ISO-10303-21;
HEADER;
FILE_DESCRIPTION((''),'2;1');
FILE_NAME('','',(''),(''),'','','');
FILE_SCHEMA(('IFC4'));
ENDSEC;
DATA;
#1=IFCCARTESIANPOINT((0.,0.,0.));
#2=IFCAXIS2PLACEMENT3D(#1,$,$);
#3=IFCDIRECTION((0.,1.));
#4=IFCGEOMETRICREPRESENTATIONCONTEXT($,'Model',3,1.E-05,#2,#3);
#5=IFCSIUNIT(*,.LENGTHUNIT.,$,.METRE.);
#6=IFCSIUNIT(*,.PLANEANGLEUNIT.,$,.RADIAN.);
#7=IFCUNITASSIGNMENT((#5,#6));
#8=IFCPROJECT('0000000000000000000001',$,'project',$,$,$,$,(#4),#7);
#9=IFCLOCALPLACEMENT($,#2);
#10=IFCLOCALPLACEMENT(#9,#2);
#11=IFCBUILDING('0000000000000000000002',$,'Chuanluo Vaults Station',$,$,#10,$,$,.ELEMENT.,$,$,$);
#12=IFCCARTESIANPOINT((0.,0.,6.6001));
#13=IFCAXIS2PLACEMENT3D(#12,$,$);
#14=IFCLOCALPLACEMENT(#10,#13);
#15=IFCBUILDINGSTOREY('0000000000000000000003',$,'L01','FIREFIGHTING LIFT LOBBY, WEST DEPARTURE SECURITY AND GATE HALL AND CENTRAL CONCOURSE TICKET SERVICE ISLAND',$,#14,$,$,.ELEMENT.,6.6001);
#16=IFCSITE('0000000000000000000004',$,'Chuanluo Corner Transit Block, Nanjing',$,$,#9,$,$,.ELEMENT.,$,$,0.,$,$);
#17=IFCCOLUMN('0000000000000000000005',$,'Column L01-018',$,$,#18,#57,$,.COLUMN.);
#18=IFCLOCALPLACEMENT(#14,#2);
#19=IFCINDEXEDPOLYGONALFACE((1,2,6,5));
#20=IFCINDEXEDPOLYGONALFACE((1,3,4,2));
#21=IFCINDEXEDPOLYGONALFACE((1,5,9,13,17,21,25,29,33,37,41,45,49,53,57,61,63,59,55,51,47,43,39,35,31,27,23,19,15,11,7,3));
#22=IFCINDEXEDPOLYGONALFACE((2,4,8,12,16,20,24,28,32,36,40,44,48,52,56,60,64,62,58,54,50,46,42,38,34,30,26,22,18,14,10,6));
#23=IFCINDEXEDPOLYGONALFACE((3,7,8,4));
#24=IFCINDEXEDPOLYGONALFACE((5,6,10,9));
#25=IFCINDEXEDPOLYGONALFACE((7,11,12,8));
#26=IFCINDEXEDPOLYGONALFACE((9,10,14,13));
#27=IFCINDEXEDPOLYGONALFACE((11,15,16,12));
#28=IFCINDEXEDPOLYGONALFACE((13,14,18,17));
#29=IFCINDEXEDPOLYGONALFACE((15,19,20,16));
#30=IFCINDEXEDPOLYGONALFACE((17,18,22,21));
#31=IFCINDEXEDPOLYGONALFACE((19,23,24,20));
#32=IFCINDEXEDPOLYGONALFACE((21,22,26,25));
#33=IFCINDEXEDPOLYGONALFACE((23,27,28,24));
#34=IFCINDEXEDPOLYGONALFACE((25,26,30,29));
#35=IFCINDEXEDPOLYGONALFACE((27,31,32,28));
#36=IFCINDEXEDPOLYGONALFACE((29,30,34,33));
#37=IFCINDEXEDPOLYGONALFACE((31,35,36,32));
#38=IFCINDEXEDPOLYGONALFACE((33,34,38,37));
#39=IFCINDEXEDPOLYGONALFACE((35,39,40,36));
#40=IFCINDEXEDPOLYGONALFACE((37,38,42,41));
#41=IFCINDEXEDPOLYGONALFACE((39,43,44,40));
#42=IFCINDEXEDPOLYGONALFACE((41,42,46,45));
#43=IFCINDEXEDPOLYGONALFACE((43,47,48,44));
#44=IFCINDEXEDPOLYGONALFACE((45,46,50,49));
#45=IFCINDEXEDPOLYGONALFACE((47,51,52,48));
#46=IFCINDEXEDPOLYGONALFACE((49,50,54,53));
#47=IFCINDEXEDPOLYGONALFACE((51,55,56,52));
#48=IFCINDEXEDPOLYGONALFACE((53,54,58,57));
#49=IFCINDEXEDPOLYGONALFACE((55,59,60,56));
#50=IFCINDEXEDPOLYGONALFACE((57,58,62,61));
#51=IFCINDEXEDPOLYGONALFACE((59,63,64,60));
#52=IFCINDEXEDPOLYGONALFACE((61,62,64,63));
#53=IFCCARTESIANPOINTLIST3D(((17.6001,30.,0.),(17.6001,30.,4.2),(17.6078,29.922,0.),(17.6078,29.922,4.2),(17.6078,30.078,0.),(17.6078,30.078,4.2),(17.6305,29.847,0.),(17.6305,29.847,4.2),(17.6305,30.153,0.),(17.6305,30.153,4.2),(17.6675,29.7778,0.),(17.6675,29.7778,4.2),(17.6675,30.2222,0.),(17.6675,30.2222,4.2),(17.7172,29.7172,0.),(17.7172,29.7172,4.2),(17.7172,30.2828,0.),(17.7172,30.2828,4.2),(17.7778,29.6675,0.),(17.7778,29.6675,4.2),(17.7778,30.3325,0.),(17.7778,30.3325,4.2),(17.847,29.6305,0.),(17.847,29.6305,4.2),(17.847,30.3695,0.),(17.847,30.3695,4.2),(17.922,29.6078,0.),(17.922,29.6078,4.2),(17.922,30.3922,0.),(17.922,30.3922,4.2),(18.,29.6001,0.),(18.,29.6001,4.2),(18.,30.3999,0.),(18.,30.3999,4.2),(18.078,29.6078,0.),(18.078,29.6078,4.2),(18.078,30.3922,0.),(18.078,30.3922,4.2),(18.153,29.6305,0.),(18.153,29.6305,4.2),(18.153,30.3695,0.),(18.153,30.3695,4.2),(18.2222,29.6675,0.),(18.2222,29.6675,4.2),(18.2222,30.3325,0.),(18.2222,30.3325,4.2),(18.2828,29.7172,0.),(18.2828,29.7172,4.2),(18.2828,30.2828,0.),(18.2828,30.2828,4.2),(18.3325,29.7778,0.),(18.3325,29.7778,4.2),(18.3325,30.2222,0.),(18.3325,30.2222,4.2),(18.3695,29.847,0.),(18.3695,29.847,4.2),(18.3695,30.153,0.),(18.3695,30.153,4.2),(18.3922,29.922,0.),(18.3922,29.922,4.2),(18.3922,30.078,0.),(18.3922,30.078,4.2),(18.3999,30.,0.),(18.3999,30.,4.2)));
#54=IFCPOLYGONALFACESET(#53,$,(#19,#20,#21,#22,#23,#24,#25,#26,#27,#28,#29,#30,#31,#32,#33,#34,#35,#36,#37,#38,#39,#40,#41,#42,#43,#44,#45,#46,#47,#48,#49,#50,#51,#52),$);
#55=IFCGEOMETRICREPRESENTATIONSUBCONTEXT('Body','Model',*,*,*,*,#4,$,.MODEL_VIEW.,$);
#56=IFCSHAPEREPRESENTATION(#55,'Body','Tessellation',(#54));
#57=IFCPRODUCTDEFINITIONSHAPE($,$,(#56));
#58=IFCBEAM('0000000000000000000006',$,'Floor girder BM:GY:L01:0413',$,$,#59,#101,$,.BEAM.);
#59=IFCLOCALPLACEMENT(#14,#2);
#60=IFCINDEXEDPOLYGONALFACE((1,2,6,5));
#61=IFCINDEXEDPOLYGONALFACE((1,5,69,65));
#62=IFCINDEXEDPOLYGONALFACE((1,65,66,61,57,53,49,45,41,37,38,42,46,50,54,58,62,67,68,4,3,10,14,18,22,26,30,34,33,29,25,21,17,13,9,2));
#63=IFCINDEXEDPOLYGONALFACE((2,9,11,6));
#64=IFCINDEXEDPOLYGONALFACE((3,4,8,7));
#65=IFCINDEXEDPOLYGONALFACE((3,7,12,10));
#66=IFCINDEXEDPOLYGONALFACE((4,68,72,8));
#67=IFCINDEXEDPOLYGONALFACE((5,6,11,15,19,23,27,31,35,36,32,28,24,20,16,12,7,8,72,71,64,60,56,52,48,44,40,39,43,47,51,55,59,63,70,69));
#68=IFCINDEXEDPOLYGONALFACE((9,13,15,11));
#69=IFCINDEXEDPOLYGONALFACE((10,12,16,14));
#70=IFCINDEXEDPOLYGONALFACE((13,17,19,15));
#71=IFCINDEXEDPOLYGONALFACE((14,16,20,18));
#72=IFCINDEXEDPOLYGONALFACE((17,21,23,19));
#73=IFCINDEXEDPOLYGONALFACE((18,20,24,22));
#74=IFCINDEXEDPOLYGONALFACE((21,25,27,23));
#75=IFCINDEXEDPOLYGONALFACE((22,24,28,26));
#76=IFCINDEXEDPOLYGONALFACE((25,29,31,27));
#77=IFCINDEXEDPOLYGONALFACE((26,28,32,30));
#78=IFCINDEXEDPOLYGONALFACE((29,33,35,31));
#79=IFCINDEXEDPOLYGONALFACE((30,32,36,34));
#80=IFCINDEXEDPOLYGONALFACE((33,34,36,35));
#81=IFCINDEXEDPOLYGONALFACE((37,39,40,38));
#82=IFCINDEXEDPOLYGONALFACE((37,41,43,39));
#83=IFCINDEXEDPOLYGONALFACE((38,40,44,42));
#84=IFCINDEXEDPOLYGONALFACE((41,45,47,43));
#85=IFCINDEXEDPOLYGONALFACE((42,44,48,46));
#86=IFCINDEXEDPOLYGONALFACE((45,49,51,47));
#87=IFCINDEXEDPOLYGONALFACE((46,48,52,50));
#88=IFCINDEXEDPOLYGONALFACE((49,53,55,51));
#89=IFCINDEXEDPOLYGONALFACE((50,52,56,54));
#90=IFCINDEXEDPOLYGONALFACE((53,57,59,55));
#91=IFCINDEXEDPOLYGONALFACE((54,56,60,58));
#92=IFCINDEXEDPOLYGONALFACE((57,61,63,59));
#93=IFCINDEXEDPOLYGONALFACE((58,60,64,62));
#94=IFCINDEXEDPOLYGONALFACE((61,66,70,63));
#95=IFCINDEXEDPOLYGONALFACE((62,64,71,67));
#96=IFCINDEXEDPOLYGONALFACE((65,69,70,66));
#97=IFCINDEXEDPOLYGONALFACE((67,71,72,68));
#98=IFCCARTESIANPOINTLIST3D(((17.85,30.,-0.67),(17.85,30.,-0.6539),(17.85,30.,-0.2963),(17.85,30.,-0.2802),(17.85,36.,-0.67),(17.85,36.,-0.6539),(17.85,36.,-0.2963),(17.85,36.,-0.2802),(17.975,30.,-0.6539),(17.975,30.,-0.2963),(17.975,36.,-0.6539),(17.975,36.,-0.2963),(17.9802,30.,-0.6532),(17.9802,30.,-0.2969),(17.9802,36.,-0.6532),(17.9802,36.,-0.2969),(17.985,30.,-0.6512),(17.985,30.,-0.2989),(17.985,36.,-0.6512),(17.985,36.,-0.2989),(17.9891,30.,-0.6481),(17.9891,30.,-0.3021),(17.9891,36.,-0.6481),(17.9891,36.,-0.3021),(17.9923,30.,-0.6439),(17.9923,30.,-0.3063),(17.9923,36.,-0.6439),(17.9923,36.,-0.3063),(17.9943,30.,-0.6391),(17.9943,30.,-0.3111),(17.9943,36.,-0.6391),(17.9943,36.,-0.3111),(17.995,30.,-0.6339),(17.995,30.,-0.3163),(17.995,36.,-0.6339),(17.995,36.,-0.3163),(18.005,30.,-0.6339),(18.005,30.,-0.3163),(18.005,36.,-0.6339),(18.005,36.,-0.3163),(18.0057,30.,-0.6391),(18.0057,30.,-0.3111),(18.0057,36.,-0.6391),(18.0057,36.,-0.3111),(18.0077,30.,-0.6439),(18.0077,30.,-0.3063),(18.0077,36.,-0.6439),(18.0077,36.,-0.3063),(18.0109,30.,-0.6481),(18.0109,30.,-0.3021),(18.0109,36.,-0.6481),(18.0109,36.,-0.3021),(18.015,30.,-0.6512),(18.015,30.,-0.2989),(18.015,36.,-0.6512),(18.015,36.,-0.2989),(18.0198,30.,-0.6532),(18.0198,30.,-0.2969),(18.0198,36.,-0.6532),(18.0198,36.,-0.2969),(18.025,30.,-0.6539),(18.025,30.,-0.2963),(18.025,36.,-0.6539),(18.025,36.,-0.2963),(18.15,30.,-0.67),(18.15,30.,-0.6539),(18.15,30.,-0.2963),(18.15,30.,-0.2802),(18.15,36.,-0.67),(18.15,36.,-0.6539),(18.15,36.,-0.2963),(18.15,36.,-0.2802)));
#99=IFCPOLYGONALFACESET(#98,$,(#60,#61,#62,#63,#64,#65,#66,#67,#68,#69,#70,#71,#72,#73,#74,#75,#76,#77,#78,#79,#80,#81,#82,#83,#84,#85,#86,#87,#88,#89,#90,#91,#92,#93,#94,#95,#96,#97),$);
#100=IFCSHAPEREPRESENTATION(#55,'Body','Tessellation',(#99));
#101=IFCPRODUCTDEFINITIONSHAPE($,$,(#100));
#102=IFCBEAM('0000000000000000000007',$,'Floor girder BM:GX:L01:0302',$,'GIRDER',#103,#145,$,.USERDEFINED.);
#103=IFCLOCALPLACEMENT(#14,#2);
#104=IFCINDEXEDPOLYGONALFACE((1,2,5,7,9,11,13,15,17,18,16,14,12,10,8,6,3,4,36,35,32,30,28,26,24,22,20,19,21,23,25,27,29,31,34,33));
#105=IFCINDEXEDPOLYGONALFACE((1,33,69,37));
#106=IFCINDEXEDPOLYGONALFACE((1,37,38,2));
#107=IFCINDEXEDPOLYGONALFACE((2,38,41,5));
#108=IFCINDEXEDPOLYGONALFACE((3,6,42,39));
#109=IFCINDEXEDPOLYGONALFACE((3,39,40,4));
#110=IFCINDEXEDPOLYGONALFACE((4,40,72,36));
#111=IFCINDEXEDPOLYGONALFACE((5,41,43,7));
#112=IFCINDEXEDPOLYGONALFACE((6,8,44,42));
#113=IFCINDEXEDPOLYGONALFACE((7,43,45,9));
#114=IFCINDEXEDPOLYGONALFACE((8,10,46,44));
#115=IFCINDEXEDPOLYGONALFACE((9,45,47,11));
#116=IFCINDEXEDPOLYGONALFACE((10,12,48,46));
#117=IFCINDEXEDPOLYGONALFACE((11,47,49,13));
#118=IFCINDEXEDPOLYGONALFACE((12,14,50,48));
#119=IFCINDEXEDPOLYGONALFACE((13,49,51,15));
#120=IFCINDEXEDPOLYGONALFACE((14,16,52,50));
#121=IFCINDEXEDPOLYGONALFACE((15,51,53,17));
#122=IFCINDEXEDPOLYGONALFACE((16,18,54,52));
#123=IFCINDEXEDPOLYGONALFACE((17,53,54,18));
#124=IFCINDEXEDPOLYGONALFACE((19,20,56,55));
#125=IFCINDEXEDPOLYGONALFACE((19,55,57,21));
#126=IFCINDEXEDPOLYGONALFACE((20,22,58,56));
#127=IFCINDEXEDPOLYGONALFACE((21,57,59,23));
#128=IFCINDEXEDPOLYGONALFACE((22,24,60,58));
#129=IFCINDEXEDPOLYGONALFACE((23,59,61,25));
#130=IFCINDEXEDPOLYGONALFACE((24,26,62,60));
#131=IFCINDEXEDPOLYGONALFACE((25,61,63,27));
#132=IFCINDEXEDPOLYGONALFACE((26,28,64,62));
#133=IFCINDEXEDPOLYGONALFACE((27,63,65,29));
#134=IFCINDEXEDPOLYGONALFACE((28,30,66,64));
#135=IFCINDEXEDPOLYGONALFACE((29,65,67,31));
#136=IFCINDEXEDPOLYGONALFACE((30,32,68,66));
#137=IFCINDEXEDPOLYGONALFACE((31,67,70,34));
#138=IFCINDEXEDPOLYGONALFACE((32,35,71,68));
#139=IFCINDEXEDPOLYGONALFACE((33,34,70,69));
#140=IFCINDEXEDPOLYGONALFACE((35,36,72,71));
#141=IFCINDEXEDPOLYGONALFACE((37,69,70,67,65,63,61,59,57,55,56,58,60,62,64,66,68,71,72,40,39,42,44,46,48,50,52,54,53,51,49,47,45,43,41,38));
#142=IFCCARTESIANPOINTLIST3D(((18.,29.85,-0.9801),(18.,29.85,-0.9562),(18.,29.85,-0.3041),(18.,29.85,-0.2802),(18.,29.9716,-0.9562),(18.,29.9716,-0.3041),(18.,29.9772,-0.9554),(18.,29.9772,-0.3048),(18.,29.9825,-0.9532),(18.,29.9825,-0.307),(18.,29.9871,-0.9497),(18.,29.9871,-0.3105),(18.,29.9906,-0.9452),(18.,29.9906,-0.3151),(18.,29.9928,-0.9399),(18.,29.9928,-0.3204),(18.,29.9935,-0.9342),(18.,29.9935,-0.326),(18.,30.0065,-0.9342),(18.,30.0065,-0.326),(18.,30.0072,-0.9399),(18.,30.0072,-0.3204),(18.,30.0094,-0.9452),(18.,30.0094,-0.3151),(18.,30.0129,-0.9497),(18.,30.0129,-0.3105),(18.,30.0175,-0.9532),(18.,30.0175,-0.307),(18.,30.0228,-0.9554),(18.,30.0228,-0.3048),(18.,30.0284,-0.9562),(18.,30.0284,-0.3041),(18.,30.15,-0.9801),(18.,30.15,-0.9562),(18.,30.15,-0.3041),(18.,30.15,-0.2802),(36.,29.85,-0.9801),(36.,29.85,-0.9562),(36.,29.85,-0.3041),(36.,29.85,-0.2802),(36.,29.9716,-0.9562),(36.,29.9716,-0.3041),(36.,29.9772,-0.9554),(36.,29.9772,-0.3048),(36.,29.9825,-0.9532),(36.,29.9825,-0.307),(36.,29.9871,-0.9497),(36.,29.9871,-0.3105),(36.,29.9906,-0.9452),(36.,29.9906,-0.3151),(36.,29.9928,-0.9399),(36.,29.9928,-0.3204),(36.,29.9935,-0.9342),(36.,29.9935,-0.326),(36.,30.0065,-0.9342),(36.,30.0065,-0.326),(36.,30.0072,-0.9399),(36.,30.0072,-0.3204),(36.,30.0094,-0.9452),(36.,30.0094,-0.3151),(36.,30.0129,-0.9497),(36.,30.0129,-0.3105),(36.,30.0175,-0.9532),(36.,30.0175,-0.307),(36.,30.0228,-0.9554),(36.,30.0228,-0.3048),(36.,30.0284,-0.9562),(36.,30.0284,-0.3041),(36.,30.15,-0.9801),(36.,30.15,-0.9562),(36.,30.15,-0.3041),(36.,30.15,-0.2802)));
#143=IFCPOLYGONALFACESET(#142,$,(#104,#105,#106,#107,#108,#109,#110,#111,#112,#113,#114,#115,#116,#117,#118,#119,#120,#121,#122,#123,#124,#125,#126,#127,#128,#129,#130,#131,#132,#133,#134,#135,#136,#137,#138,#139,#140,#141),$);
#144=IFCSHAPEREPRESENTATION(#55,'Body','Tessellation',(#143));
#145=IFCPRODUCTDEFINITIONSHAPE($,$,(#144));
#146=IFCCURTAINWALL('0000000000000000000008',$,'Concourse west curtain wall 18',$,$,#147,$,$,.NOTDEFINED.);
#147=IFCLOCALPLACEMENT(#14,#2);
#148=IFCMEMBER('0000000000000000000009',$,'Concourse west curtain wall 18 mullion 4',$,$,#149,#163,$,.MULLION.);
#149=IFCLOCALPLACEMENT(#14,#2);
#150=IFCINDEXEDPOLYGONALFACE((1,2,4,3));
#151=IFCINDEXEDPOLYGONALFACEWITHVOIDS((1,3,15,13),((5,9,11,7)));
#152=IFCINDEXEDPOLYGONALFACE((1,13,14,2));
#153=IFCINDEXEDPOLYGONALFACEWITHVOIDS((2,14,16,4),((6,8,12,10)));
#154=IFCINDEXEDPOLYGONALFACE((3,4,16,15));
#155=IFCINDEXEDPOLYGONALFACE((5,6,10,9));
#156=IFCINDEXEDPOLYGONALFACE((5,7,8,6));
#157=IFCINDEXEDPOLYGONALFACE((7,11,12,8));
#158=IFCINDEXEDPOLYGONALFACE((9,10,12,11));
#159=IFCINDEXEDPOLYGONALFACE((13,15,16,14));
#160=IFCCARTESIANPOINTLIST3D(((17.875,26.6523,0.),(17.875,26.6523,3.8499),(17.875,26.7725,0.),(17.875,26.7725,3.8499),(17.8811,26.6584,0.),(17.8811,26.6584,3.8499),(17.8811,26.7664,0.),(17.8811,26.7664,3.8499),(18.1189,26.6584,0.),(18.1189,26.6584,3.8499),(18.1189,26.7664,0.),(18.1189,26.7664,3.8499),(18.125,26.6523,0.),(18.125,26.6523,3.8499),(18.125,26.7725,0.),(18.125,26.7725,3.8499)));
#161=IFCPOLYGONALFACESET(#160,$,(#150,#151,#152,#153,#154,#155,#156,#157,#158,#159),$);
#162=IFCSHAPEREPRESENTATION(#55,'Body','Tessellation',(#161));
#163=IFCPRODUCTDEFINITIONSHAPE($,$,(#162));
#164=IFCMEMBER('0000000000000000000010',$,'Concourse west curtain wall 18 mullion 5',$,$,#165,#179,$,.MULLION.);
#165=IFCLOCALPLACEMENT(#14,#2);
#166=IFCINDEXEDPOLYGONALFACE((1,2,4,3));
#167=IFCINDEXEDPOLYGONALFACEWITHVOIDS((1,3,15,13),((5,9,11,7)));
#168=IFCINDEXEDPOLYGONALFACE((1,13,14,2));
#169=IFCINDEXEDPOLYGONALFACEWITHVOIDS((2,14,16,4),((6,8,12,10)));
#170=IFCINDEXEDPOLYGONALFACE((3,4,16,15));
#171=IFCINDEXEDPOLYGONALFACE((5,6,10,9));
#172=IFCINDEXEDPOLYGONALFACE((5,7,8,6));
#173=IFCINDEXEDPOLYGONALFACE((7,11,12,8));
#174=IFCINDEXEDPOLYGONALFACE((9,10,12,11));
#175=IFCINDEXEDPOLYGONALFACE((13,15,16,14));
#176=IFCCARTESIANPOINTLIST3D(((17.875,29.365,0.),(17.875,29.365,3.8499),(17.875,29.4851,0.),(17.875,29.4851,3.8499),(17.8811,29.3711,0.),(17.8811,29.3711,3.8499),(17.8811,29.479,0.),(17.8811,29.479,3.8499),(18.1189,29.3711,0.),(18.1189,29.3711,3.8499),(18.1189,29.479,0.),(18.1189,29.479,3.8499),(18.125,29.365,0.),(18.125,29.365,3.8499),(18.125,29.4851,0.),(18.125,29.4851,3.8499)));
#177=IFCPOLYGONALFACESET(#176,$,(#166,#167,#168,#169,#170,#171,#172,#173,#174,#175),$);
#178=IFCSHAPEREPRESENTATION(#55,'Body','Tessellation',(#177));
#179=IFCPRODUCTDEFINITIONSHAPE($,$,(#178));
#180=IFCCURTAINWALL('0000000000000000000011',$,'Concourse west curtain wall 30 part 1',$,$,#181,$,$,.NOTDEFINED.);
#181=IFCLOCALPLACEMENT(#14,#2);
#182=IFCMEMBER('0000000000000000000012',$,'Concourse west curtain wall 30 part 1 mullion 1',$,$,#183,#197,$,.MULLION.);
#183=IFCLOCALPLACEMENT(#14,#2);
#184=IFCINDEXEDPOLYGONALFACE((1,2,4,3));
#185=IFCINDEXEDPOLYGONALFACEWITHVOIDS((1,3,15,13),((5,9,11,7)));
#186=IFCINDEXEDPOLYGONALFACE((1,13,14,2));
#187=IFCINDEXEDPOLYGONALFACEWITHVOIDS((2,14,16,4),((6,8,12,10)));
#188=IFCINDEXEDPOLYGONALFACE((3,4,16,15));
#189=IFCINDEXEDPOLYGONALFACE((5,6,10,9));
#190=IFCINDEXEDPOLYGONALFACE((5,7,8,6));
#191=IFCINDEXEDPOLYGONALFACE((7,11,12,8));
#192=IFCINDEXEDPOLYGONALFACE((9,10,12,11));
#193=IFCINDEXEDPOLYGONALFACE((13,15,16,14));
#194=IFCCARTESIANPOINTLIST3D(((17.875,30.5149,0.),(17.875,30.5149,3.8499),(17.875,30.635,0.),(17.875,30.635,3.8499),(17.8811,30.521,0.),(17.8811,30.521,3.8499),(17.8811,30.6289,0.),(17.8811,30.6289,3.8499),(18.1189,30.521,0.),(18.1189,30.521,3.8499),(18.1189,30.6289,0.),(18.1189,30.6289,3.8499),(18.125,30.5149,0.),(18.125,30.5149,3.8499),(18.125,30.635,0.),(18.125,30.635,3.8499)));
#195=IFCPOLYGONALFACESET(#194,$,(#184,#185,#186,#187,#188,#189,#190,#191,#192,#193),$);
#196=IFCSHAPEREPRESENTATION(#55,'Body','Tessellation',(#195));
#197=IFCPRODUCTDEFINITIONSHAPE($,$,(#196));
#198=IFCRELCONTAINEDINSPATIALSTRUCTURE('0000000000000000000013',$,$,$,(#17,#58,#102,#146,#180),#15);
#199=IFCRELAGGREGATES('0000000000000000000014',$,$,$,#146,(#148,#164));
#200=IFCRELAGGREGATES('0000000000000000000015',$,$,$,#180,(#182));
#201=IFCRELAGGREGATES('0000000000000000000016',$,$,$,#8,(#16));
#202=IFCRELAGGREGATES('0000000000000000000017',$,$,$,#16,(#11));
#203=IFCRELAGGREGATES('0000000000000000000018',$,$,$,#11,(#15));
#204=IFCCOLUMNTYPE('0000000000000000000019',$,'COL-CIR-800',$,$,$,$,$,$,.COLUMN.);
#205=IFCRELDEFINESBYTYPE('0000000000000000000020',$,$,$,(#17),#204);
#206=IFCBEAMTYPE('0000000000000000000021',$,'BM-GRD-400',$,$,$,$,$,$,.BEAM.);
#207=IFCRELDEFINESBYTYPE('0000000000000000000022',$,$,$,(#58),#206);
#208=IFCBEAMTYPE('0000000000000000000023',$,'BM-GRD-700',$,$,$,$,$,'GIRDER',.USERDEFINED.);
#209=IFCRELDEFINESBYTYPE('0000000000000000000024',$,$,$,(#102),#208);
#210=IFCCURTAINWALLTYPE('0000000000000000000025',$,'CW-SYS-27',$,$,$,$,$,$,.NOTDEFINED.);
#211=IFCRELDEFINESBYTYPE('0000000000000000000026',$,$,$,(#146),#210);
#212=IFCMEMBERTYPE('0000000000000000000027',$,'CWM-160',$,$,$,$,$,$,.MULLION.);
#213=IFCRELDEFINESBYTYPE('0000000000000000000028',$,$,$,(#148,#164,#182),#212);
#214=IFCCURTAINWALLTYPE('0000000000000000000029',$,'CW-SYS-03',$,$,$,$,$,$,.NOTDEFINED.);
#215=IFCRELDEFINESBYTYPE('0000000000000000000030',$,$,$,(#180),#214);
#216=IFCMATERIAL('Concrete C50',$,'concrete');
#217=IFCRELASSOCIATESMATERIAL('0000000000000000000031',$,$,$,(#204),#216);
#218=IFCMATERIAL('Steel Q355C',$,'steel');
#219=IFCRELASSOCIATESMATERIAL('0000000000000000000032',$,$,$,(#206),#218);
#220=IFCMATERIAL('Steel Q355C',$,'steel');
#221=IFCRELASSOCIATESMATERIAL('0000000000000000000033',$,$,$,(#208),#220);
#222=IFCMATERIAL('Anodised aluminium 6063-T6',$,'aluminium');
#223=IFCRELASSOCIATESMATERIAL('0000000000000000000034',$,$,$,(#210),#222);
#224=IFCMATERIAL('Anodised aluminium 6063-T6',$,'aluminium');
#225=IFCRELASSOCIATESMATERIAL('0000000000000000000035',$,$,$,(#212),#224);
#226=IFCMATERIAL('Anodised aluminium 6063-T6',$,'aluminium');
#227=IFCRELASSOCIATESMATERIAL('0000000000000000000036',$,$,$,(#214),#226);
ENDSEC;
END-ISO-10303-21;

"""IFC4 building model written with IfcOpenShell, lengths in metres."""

from ifc_helpers import new_model, si_unit, direction, frame, origin, origin_2d, place, context, subcontext, project, spatial, hollow_rectangle, circle, i_section, extrude, material, material_profile, profile_set, type_object, element, aggregate, save


model = new_model("IFC4")

# Units and contexts
model_context = context("Model", 3, precision=1e-05, world=origin(), true_north=direction((0.0, 1.0)))
body_context = subcontext(model_context, "Body", "Model", "MODEL_VIEW")
ifc_project = project(units=[si_unit("LENGTHUNIT", "METRE"), si_unit("PLANEANGLEUNIT", "RADIAN")], contexts=[model_context])

# Site, building, storey
site_placement = place(None, origin())
site = spatial("IfcSite", under=ifc_project, at=site_placement, Name="Chuanluo Corner Transit Block, Nanjing", CompositionType="ELEMENT", RefElevation=0.0)
building_placement = place(site_placement, origin())
building = spatial("IfcBuilding", under=site, at=building_placement, Name="Chuanluo Vaults Station", CompositionType="ELEMENT")
storey_placement = place(building_placement, frame((0.0, 0.0, 6.6001)))
storey = spatial("IfcBuildingStorey", under=building, at=storey_placement, Name="L01", Description="FIREFIGHTING LIFT LOBBY, WEST DEPARTURE SECURITY AND GATE HALL AND CENTRAL CONCOURSE TICKET SERVICE ISLAND", CompositionType="ELEMENT", Elevation=6.6001)

# Column
ifc_material_1 = material(Name="Concrete C50", Category="concrete")
ifc_material_profile_1 = material_profile(ifc_material_1, circle(Radius=0.3999, at=origin_2d()))
ifc_profile_set_1 = profile_set([ifc_material_profile_1], Name="Concrete C50")
column_type = type_object("IfcColumnType", Name="COL-CIR-800", PredefinedType="COLUMN", material=ifc_profile_set_1)
column_placement = place(storey_placement, frame((18.0, 30.0, 0.0), z_axis=(0.0, 0.0, 1.0), x_axis=(1.0, 0.0, 0.0)))
element("IfcColumn", 1, at=column_placement, inside=storey, type_object=column_type, Name="Column L01-018", PredefinedType="COLUMN", context=body_context, shape_type="SweptSolid", body=[
    extrude(circle(Radius=0.3999, at=origin_2d()), origin(), (0.0, 0.0, 1.0), 4.2),
])

# Beams
ifc_material_2 = material(Name="Steel Q355C", Category="steel")
ifc_material_profile_2 = material_profile(ifc_material_2, i_section(OverallWidth=0.3, OverallDepth=0.3899, WebThickness=0.01, FlangeThickness=0.0161, FilletRadius=0.02, at=origin_2d()))
ifc_profile_set_2 = profile_set([ifc_material_profile_2], Name="Steel Q355C")
beam_type_1 = type_object("IfcBeamType", Name="BM-GRD-400", PredefinedType="BEAM", material=ifc_profile_set_2)
beam_1_placement = place(storey_placement, frame((18.0, 30.0, -0.4751), z_axis=(0.0, 1.0, 0.0), x_axis=(-1.0, 0.0, 0.0)))
element("IfcBeam", 2, at=beam_1_placement, inside=storey, type_object=beam_type_1, Name="Floor girder BM:GY:L01:0413", PredefinedType="BEAM", context=body_context, shape_type="SweptSolid", body=[
    extrude(i_section(OverallWidth=0.3, OverallDepth=0.3899, WebThickness=0.01, FlangeThickness=0.0161, FilletRadius=0.02, at=origin_2d()), origin(), (0.0, 0.0, 1.0), 6.0),
])
ifc_material_3 = material(Name="Steel Q355C", Category="steel")
ifc_material_profile_3 = material_profile(ifc_material_3, i_section(OverallWidth=0.3, OverallDepth=0.7, WebThickness=0.0129, FlangeThickness=0.0239, FilletRadius=0.022, at=origin_2d()))
ifc_profile_set_3 = profile_set([ifc_material_profile_3], Name="Steel Q355C")
beam_type_2 = type_object("IfcBeamType", Name="BM-GRD-700", ElementType="GIRDER", PredefinedType="USERDEFINED", material=ifc_profile_set_3)
beam_2_placement = place(storey_placement, frame((18.0, 30.0, -0.6301), z_axis=(1.0, 0.0, 0.0), x_axis=(0.0, 1.0, 0.0)))
element("IfcBeam", 3, at=beam_2_placement, inside=storey, type_object=beam_type_2, Name="Floor girder BM:GX:L01:0302", ObjectType="GIRDER", PredefinedType="USERDEFINED", context=body_context, shape_type="SweptSolid", body=[
    extrude(i_section(OverallWidth=0.3, OverallDepth=0.7, WebThickness=0.0129, FlangeThickness=0.0239, FilletRadius=0.022, at=origin_2d()), origin(), (0.0, 0.0, 1.0), 18.0),
])

# Curtain walls, members
ifc_material_4 = material(Name="Anodised aluminium 6063-T6", Category="aluminium")
curtain_wall_type_1 = type_object("IfcCurtainWallType", Name="CW-SYS-27", PredefinedType="NOTDEFINED", material=ifc_material_4)
curtain_wall_1_placement = place(storey_placement, origin())
curtain_wall_1 = element("IfcCurtainWall", 4, at=curtain_wall_1_placement, inside=storey, type_object=curtain_wall_type_1, Name="Concourse west curtain wall 18", PredefinedType="NOTDEFINED")
ifc_material_5 = material(Name="Anodised aluminium 6063-T6", Category="aluminium")
ifc_material_profile_4 = material_profile(ifc_material_5, hollow_rectangle(XDim=0.1201, YDim=0.25, WallThickness=0.0061, at=origin_2d()))
ifc_profile_set_4 = profile_set([ifc_material_profile_4], Name="Anodised aluminium 6063-T6")
member_type_1 = type_object("IfcMemberType", Name="CWM-160", PredefinedType="MULLION", material=ifc_profile_set_4)
member_1_placement = place(storey_placement, frame((18.0, 26.7124, 0.0), z_axis=(0.0, 0.0, 1.0), x_axis=(0.0, 1.0, 0.0)))
member_1 = element("IfcMember", 5, at=member_1_placement, type_object=member_type_1, Name="Concourse west curtain wall 18 mullion 4", PredefinedType="MULLION", context=body_context, shape_type="SweptSolid", body=[
    extrude(hollow_rectangle(XDim=0.1201, YDim=0.25, WallThickness=0.0061, at=origin_2d()), origin(), (0.0, 0.0, 1.0), 3.8499),
])
member_2_placement = place(storey_placement, frame((18.0, 29.425, 0.0), z_axis=(0.0, 0.0, 1.0), x_axis=(0.0, 1.0, 0.0)))
member_2 = element("IfcMember", 6, at=member_2_placement, type_object=member_type_1, Name="Concourse west curtain wall 18 mullion 5", PredefinedType="MULLION", context=body_context, shape_type="SweptSolid", body=[
    extrude(hollow_rectangle(XDim=0.1201, YDim=0.25, WallThickness=0.0061, at=origin_2d()), origin(), (0.0, 0.0, 1.0), 3.8499),
])
ifc_material_6 = material(Name="Anodised aluminium 6063-T6", Category="aluminium")
curtain_wall_type_2 = type_object("IfcCurtainWallType", Name="CW-SYS-03", PredefinedType="NOTDEFINED", material=ifc_material_6)
curtain_wall_2_placement = place(storey_placement, origin())
curtain_wall_2 = element("IfcCurtainWall", 7, at=curtain_wall_2_placement, inside=storey, type_object=curtain_wall_type_2, Name="Concourse west curtain wall 30 part 1", PredefinedType="NOTDEFINED")
member_3_placement = place(storey_placement, frame((18.0, 30.575, 0.0), z_axis=(0.0, 0.0, 1.0), x_axis=(0.0, 1.0, 0.0)))
member_3 = element("IfcMember", 8, at=member_3_placement, type_object=member_type_1, Name="Concourse west curtain wall 30 part 1 mullion 1", PredefinedType="MULLION", context=body_context, shape_type="SweptSolid", body=[
    extrude(hollow_rectangle(XDim=0.1201, YDim=0.25, WallThickness=0.0061, at=origin_2d()), origin(), (0.0, 0.0, 1.0), 3.8499),
])

aggregate(curtain_wall_1, [member_1, member_2])
aggregate(curtain_wall_2, [member_3])

save(model, "model.ifc")
